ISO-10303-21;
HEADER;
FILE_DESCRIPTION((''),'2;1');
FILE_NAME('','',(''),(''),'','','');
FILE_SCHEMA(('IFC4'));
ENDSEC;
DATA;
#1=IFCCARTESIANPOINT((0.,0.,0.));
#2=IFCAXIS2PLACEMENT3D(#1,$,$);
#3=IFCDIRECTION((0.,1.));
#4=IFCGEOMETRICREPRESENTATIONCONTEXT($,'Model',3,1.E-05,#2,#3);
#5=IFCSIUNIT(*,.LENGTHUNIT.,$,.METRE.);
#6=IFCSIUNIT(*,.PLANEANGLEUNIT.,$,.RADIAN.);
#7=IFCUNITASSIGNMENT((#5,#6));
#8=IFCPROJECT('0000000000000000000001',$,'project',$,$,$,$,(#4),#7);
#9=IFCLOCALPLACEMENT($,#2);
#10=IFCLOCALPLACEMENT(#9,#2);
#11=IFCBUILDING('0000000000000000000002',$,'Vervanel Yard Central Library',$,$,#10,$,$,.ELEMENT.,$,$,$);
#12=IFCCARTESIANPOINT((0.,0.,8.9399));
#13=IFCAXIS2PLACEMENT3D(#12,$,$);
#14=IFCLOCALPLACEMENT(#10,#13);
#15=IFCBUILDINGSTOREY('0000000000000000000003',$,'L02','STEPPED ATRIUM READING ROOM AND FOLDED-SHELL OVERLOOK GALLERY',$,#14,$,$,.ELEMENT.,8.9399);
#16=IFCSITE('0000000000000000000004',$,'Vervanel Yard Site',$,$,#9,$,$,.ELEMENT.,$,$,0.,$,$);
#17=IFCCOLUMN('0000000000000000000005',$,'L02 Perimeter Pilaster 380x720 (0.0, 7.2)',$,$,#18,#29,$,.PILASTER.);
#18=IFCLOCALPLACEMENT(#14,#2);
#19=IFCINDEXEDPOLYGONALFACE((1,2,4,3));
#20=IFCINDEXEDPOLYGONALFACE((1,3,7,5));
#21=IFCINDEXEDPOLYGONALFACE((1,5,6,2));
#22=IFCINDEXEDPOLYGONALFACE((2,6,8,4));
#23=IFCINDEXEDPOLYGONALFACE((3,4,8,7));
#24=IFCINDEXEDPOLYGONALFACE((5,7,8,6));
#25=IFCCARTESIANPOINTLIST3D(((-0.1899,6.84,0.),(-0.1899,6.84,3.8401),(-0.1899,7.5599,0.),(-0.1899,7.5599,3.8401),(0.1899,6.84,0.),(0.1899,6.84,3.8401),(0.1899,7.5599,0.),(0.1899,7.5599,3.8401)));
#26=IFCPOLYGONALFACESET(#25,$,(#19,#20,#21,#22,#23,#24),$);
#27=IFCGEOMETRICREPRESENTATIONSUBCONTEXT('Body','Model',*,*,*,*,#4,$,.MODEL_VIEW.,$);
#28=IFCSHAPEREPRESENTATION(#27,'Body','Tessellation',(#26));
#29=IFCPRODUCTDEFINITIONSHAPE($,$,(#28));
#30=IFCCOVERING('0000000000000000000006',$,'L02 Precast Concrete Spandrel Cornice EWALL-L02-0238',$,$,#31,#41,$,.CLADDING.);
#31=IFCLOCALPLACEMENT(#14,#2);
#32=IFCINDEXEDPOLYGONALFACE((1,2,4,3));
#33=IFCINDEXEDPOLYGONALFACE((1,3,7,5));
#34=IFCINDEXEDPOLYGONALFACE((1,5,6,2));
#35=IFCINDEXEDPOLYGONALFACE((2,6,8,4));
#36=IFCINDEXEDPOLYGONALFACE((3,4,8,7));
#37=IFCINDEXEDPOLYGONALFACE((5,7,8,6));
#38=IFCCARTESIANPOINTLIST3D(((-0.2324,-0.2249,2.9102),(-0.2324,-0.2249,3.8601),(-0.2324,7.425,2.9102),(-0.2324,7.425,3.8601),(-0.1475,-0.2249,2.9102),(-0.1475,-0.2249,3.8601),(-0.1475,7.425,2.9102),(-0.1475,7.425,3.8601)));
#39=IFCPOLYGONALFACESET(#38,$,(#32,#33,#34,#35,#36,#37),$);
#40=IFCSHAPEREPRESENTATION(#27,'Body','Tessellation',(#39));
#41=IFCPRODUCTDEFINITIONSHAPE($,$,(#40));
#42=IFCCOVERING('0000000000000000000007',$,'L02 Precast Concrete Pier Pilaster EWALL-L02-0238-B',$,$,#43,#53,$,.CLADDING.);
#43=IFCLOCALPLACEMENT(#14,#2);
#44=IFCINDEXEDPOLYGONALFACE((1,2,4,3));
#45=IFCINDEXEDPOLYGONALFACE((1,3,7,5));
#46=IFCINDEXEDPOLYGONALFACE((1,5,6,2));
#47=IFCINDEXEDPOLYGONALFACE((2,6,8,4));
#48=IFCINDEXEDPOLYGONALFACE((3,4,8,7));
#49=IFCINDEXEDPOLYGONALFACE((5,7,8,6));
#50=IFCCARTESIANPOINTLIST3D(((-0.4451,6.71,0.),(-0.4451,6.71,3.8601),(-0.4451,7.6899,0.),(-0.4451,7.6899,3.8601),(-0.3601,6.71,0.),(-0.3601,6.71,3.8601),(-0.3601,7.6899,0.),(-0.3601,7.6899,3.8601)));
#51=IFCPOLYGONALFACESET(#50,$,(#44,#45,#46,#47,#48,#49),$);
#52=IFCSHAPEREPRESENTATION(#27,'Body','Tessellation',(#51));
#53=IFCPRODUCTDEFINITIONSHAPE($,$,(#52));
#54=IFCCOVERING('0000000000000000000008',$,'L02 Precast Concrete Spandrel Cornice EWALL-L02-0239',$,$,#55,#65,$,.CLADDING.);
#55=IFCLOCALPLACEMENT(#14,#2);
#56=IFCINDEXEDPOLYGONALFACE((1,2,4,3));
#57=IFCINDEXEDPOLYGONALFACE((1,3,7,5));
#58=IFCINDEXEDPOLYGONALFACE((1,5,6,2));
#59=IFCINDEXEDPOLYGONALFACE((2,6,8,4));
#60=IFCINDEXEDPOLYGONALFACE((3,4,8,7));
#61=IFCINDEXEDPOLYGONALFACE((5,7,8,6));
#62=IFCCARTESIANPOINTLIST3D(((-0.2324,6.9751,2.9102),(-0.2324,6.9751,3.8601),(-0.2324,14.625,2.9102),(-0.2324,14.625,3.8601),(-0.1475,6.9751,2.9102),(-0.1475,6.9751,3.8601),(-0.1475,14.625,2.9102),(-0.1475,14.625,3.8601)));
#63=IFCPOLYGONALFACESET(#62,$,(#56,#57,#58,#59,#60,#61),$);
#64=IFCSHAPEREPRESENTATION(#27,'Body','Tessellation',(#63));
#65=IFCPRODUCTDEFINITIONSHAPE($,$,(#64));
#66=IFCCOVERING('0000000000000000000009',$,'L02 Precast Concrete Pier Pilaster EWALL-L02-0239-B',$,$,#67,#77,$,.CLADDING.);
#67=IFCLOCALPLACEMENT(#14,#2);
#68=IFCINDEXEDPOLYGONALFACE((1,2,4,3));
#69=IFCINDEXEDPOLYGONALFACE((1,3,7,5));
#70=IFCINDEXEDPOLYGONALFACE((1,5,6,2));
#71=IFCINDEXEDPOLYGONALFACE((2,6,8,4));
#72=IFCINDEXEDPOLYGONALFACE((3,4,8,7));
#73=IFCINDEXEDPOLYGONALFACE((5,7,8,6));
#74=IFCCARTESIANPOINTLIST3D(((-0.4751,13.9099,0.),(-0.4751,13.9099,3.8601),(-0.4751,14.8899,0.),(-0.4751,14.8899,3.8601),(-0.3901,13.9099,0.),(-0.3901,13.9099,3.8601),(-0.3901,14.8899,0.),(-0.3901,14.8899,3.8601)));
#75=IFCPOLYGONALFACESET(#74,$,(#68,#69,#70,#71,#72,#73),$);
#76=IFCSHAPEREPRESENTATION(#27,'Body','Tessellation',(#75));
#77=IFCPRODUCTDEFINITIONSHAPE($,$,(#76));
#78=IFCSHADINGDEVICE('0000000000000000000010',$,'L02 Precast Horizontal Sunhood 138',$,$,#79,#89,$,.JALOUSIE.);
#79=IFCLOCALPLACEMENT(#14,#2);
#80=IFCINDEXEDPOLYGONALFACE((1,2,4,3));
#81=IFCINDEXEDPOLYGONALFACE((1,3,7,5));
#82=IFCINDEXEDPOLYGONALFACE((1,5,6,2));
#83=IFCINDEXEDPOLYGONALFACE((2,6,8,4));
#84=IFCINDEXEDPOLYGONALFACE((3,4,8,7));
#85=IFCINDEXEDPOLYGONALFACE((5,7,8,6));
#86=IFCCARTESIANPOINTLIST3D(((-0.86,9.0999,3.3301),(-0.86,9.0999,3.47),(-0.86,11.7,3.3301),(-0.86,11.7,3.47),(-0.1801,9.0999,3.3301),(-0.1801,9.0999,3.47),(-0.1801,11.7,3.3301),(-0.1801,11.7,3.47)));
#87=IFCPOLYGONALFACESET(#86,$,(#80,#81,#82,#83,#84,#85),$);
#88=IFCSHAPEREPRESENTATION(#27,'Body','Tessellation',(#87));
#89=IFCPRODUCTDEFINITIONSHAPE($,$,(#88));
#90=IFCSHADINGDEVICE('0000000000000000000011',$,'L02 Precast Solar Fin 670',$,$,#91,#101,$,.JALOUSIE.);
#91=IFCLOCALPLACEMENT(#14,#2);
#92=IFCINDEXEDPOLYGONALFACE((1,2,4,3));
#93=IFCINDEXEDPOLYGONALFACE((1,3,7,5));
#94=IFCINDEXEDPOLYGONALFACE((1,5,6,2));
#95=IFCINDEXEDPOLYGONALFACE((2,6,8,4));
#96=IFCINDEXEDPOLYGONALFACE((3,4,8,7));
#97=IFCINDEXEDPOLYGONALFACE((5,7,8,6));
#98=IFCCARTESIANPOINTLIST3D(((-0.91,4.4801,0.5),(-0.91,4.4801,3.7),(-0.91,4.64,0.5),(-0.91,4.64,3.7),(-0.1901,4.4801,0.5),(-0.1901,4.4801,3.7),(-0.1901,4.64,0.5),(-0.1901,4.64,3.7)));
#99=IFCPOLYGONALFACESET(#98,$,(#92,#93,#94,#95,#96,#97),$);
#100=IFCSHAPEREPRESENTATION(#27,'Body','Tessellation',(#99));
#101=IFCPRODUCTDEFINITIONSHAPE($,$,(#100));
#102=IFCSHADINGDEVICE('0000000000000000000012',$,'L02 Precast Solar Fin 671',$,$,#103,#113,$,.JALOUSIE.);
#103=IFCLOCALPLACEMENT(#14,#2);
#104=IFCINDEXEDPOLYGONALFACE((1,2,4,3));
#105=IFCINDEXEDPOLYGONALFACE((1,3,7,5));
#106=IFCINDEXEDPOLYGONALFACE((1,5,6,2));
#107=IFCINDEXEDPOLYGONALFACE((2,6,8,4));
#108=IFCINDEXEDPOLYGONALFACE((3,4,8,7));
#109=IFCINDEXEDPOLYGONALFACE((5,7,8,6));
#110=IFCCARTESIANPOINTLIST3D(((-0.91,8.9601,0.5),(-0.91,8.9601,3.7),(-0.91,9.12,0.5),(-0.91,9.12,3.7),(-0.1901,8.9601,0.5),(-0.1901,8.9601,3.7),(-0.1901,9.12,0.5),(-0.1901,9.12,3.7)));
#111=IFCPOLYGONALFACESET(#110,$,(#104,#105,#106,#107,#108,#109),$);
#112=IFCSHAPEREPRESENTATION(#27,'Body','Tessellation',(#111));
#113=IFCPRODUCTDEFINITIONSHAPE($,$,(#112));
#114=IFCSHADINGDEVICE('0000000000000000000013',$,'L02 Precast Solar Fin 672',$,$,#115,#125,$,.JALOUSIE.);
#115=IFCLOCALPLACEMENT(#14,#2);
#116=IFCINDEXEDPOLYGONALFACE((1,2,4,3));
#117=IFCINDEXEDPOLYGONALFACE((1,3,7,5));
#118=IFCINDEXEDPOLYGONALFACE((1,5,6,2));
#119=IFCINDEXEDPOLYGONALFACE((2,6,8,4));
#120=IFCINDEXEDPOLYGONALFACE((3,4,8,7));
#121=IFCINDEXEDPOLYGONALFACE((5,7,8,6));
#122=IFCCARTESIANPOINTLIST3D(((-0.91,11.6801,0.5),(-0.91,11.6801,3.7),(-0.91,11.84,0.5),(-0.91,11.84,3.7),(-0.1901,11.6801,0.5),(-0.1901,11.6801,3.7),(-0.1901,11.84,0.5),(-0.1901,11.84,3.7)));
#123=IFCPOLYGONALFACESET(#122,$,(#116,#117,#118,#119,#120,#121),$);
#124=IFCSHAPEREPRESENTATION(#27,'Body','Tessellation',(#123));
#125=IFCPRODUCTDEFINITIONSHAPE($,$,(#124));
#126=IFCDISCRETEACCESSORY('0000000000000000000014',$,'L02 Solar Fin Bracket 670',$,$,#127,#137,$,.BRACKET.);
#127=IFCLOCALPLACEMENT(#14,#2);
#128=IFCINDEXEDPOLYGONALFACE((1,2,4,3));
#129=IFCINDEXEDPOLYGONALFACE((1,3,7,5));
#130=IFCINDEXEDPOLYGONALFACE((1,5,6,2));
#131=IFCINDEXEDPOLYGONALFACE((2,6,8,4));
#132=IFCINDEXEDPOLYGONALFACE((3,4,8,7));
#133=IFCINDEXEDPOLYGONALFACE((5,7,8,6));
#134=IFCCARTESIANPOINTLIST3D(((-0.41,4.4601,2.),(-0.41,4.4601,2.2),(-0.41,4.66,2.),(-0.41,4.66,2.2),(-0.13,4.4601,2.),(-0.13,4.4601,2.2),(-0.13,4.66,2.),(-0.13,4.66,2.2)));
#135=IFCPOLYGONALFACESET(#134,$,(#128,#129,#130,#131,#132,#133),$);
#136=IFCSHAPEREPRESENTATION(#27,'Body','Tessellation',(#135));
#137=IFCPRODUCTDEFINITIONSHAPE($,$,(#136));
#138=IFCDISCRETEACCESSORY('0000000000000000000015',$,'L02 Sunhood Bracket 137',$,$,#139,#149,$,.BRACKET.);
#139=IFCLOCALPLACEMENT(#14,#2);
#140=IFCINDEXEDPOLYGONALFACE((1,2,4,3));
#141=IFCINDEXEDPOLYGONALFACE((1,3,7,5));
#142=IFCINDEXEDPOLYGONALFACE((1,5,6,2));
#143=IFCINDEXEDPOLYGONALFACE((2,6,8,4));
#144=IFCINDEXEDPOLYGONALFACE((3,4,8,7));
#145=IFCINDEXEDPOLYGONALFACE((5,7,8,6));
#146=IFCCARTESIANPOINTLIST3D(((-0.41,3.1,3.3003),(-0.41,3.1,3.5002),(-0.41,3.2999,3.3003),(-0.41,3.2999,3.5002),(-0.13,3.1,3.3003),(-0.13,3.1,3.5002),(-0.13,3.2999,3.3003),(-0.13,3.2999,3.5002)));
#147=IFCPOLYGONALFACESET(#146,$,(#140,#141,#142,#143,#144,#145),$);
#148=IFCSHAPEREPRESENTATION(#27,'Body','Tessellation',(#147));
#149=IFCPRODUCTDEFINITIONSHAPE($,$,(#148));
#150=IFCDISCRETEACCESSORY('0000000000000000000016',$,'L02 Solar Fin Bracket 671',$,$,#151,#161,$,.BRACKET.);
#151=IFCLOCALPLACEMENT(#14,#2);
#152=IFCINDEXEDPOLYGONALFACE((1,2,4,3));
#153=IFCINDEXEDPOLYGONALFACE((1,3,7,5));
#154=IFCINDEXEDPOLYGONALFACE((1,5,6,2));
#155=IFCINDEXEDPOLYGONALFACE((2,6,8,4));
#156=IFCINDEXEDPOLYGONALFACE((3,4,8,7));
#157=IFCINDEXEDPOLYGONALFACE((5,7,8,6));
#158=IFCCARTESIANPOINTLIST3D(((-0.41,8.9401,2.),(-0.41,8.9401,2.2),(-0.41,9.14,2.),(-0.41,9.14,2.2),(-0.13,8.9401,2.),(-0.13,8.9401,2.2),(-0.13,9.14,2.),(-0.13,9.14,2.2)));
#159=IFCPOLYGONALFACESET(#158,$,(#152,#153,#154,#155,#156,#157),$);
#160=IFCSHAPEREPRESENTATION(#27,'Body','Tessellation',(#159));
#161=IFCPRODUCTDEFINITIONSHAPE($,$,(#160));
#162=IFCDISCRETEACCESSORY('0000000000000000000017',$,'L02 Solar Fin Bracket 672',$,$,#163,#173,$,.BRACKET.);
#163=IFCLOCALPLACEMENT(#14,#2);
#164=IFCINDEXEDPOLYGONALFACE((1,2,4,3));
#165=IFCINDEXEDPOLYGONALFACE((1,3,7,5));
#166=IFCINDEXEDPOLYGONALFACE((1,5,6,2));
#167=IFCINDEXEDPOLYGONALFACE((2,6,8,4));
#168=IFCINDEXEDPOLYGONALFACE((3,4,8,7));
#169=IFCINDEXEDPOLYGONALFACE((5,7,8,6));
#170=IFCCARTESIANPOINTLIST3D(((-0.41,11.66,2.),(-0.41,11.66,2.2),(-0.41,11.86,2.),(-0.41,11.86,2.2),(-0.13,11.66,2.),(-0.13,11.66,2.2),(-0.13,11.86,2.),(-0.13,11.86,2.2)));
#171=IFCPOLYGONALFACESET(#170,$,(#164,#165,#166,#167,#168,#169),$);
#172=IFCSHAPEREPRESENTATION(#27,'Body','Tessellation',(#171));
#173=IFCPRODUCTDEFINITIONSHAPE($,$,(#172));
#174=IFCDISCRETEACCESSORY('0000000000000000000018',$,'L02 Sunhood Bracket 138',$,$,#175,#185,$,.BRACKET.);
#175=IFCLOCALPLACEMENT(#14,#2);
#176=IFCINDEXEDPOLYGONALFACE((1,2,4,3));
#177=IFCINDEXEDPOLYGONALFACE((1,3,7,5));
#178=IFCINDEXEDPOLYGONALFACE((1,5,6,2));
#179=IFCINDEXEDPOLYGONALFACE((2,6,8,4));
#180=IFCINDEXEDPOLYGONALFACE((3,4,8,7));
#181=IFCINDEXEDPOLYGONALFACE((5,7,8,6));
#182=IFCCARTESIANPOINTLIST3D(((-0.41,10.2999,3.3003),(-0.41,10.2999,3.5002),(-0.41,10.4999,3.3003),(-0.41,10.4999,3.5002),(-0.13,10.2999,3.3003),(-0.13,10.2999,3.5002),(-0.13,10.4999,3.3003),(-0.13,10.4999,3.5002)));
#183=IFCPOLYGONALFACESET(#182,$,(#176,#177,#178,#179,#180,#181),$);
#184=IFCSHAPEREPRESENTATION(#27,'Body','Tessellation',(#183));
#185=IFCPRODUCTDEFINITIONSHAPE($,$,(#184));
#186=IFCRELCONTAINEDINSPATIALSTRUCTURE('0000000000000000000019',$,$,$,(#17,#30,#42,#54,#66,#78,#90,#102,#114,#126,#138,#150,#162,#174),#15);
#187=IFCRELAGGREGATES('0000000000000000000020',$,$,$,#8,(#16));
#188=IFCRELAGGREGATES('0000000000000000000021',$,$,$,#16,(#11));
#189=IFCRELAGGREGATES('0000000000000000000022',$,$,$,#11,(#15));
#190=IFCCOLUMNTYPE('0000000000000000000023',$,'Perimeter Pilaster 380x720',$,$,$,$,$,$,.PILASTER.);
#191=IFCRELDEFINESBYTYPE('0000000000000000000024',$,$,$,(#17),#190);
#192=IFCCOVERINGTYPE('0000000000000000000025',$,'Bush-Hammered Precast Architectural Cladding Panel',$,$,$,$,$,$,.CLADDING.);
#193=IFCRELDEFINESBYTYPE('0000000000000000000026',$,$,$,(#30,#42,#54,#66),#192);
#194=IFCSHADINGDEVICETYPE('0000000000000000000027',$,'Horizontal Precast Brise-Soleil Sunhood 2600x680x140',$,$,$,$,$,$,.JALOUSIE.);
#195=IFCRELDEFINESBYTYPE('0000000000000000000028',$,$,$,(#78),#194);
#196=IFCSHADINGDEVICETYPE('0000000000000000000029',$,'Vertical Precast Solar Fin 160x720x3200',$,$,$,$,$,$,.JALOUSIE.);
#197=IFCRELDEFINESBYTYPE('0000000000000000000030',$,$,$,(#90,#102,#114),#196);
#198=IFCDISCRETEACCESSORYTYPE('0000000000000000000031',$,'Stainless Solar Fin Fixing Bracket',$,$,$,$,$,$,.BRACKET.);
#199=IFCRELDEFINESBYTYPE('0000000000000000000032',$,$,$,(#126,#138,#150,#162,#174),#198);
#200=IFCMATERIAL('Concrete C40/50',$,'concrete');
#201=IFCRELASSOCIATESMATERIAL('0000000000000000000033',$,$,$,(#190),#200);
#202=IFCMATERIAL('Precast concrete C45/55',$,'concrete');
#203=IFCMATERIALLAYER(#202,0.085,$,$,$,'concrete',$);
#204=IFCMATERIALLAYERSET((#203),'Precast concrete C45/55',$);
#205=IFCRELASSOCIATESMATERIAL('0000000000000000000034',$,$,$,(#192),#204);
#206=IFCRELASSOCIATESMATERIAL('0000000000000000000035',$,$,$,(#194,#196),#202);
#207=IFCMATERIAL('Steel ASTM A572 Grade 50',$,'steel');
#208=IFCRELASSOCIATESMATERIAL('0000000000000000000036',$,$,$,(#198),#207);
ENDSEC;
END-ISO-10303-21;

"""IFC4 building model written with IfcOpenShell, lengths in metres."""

from ifc_helpers import new_model, si_unit, direction, frame, origin, origin_2d, place, context, subcontext, project, spatial, rectangle, extrude, material, layer, layer_set, material_profile, profile_set, type_object, element, save


model = new_model("IFC4")

# Units and contexts
model_context = context("Model", 3, precision=1e-05, world=origin(), true_north=direction((0.0, 1.0)))
body_context = subcontext(model_context, "Body", "Model", "MODEL_VIEW")
ifc_project = project(units=[si_unit("LENGTHUNIT", "METRE"), si_unit("PLANEANGLEUNIT", "RADIAN")], contexts=[model_context])

# Site, building, storey
site_placement = place(None, origin())
site = spatial("IfcSite", under=ifc_project, at=site_placement, Name="Vervanel Yard Site", CompositionType="ELEMENT", RefElevation=0.0)
building_placement = place(site_placement, origin())
building = spatial("IfcBuilding", under=site, at=building_placement, Name="Vervanel Yard Central Library", CompositionType="ELEMENT")
storey_placement = place(building_placement, frame((0.0, 0.0, 8.9399)))
storey = spatial("IfcBuildingStorey", under=building, at=storey_placement, Name="L02", Description="STEPPED ATRIUM READING ROOM AND FOLDED-SHELL OVERLOOK GALLERY", CompositionType="ELEMENT", Elevation=8.9399)

# Column
ifc_material_1 = material(Name="Concrete C40/50", Category="concrete")
ifc_material_profile = material_profile(ifc_material_1, rectangle(XDim=0.3799, YDim=0.72, at=origin_2d()), Name="RC 380x720", Category="concrete")
ifc_profile_set = profile_set([ifc_material_profile], Name="Concrete C40/50")
column_type = type_object("IfcColumnType", Name="Perimeter Pilaster 380x720", PredefinedType="PILASTER", material=ifc_profile_set)
column_placement = place(storey_placement, frame((0.0, 7.2, 0.0), z_axis=(0.0, 0.0, 1.0), x_axis=(1.0, 0.0, 0.0)))
element("IfcColumn", 1, at=column_placement, inside=storey, type_object=column_type, Name="L02 Perimeter Pilaster 380x720 (0.0, 7.2)", PredefinedType="PILASTER", context=body_context, shape_type="SweptSolid", body=[
    extrude(rectangle(XDim=0.3799, YDim=0.72, at=origin_2d()), origin(), (0.0, 0.0, 1.0), 3.8401),
])

# Coverings
ifc_material_2 = material(Name="Precast concrete C45/55", Category="concrete")
ifc_layer = layer(ifc_material_2, 0.085, Category="concrete")
ifc_layer_set = layer_set([ifc_layer], Name="Precast concrete C45/55")
covering_type = type_object("IfcCoveringType", Name="Bush-Hammered Precast Architectural Cladding Panel", PredefinedType="CLADDING", material=ifc_layer_set)
covering_1_placement = place(storey_placement, frame((-0.1899, 3.6001, 2.9102), z_axis=(0.0, 0.0, 1.0), x_axis=(0.0, 1.0, 0.0)))
element("IfcCovering", 2, at=covering_1_placement, inside=storey, type_object=covering_type, Name="L02 Precast Concrete Spandrel Cornice EWALL-L02-0238", PredefinedType="CLADDING", context=body_context, shape_type="SweptSolid", body=[
    extrude(rectangle(XDim=7.6499, YDim=0.085, at=origin_2d()), origin(), (0.0, 0.0, 1.0), 0.95),
])
covering_2_placement = place(storey_placement, frame((-0.4026, 7.2, 0.0), z_axis=(0.0, 0.0, 1.0), x_axis=(0.0, 1.0, 0.0)))
element("IfcCovering", 3, at=covering_2_placement, inside=storey, type_object=covering_type, Name="L02 Precast Concrete Pier Pilaster EWALL-L02-0238-B", PredefinedType="CLADDING", context=body_context, shape_type="SweptSolid", body=[
    extrude(rectangle(XDim=0.98, YDim=0.085, at=origin_2d()), origin(), (0.0, 0.0, 1.0), 3.8601),
])
covering_3_placement = place(storey_placement, frame((-0.1899, 10.8, 2.9102), z_axis=(0.0, 0.0, 1.0), x_axis=(0.0, 1.0, 0.0)))
element("IfcCovering", 4, at=covering_3_placement, inside=storey, type_object=covering_type, Name="L02 Precast Concrete Spandrel Cornice EWALL-L02-0239", PredefinedType="CLADDING", context=body_context, shape_type="SweptSolid", body=[
    extrude(rectangle(XDim=7.6499, YDim=0.085, at=origin_2d()), origin(), (0.0, 0.0, 1.0), 0.95),
])
covering_4_placement = place(storey_placement, frame((-0.4326, 14.3999, 0.0), z_axis=(0.0, 0.0, 1.0), x_axis=(0.0, 1.0, 0.0)))
element("IfcCovering", 5, at=covering_4_placement, inside=storey, type_object=covering_type, Name="L02 Precast Concrete Pier Pilaster EWALL-L02-0239-B", PredefinedType="CLADDING", context=body_context, shape_type="SweptSolid", body=[
    extrude(rectangle(XDim=0.98, YDim=0.085, at=origin_2d()), origin(), (0.0, 0.0, 1.0), 3.8601),
])

# Shading devices
shading_device_type_1 = type_object("IfcShadingDeviceType", Name="Horizontal Precast Brise-Soleil Sunhood 2600x680x140", PredefinedType="JALOUSIE", material=ifc_material_2)
shading_device_placement = place(storey_placement, frame((-0.52, 10.3999, 3.3301), z_axis=(0.0, 0.0, 1.0), x_axis=(0.0, 1.0, 0.0)))
element("IfcShadingDevice", 6, at=shading_device_placement, inside=storey, type_object=shading_device_type_1, Name="L02 Precast Horizontal Sunhood 138", PredefinedType="JALOUSIE", context=body_context, shape_type="SweptSolid", body=[
    extrude(rectangle(XDim=2.6001, YDim=0.6799, at=origin_2d()), origin(), (0.0, 0.0, 1.0), 0.1399),
])
shading_device_type_2 = type_object("IfcShadingDeviceType", Name="Vertical Precast Solar Fin 160x720x3200", PredefinedType="JALOUSIE", material=ifc_material_2)
for number, where, z_axis, x_axis, name in (
    (7, (-0.55, 4.5601, 0.5), (0.0, 0.0, 1.0), (0.0, 1.0, 0.0), "L02 Precast Solar Fin 670"),
    (8, (-0.55, 9.04, 0.5), (0.0, 0.0, 1.0), (0.0, 1.0, 0.0), "L02 Precast Solar Fin 671"),
    (9, (-0.55, 11.76, 0.5), (0.0, 0.0, 1.0), (0.0, 1.0, 0.0), "L02 Precast Solar Fin 672"),
):
    element("IfcShadingDevice", number, at=place(storey_placement, frame(where, z_axis=z_axis, x_axis=x_axis)), inside=storey, type_object=shading_device_type_2, Name=name, PredefinedType="JALOUSIE", context=body_context, shape_type="SweptSolid", body=[
        extrude(rectangle(XDim=0.1599, YDim=0.72, at=origin_2d()), origin(), (0.0, 0.0, 1.0), 3.2),
    ])

# Discrete accessories
ifc_material_3 = material(Name="Steel ASTM A572 Grade 50", Category="steel")
discrete_accessory_type = type_object("IfcDiscreteAccessoryType", Name="Stainless Solar Fin Fixing Bracket", PredefinedType="BRACKET", material=ifc_material_3)
for number, where, z_axis, x_axis, name in (
    (10, (-0.27, 4.5601, 2.0), (0.0, 0.0, 1.0), (0.0, 1.0, 0.0), "L02 Solar Fin Bracket 670"),
    (11, (-0.27, 3.2, 3.3003), (0.0, 0.0, 1.0), (0.0, 1.0, 0.0), "L02 Sunhood Bracket 137"),
    (12, (-0.27, 9.04, 2.0), (0.0, 0.0, 1.0), (0.0, 1.0, 0.0), "L02 Solar Fin Bracket 671"),
    (13, (-0.27, 11.76, 2.0), (0.0, 0.0, 1.0), (0.0, 1.0, 0.0), "L02 Solar Fin Bracket 672"),
    (14, (-0.27, 10.3999, 3.3003), (0.0, 0.0, 1.0), (0.0, 1.0, 0.0), "L02 Sunhood Bracket 138"),
):
    element("IfcDiscreteAccessory", number, at=place(storey_placement, frame(where, z_axis=z_axis, x_axis=x_axis)), inside=storey, type_object=discrete_accessory_type, Name=name, PredefinedType="BRACKET", context=body_context, shape_type="SweptSolid", body=[
        extrude(rectangle(XDim=0.2, YDim=0.28, at=origin_2d()), origin(), (0.0, 0.0, 1.0), 0.2),
    ])

save(model, "model.ifc")
